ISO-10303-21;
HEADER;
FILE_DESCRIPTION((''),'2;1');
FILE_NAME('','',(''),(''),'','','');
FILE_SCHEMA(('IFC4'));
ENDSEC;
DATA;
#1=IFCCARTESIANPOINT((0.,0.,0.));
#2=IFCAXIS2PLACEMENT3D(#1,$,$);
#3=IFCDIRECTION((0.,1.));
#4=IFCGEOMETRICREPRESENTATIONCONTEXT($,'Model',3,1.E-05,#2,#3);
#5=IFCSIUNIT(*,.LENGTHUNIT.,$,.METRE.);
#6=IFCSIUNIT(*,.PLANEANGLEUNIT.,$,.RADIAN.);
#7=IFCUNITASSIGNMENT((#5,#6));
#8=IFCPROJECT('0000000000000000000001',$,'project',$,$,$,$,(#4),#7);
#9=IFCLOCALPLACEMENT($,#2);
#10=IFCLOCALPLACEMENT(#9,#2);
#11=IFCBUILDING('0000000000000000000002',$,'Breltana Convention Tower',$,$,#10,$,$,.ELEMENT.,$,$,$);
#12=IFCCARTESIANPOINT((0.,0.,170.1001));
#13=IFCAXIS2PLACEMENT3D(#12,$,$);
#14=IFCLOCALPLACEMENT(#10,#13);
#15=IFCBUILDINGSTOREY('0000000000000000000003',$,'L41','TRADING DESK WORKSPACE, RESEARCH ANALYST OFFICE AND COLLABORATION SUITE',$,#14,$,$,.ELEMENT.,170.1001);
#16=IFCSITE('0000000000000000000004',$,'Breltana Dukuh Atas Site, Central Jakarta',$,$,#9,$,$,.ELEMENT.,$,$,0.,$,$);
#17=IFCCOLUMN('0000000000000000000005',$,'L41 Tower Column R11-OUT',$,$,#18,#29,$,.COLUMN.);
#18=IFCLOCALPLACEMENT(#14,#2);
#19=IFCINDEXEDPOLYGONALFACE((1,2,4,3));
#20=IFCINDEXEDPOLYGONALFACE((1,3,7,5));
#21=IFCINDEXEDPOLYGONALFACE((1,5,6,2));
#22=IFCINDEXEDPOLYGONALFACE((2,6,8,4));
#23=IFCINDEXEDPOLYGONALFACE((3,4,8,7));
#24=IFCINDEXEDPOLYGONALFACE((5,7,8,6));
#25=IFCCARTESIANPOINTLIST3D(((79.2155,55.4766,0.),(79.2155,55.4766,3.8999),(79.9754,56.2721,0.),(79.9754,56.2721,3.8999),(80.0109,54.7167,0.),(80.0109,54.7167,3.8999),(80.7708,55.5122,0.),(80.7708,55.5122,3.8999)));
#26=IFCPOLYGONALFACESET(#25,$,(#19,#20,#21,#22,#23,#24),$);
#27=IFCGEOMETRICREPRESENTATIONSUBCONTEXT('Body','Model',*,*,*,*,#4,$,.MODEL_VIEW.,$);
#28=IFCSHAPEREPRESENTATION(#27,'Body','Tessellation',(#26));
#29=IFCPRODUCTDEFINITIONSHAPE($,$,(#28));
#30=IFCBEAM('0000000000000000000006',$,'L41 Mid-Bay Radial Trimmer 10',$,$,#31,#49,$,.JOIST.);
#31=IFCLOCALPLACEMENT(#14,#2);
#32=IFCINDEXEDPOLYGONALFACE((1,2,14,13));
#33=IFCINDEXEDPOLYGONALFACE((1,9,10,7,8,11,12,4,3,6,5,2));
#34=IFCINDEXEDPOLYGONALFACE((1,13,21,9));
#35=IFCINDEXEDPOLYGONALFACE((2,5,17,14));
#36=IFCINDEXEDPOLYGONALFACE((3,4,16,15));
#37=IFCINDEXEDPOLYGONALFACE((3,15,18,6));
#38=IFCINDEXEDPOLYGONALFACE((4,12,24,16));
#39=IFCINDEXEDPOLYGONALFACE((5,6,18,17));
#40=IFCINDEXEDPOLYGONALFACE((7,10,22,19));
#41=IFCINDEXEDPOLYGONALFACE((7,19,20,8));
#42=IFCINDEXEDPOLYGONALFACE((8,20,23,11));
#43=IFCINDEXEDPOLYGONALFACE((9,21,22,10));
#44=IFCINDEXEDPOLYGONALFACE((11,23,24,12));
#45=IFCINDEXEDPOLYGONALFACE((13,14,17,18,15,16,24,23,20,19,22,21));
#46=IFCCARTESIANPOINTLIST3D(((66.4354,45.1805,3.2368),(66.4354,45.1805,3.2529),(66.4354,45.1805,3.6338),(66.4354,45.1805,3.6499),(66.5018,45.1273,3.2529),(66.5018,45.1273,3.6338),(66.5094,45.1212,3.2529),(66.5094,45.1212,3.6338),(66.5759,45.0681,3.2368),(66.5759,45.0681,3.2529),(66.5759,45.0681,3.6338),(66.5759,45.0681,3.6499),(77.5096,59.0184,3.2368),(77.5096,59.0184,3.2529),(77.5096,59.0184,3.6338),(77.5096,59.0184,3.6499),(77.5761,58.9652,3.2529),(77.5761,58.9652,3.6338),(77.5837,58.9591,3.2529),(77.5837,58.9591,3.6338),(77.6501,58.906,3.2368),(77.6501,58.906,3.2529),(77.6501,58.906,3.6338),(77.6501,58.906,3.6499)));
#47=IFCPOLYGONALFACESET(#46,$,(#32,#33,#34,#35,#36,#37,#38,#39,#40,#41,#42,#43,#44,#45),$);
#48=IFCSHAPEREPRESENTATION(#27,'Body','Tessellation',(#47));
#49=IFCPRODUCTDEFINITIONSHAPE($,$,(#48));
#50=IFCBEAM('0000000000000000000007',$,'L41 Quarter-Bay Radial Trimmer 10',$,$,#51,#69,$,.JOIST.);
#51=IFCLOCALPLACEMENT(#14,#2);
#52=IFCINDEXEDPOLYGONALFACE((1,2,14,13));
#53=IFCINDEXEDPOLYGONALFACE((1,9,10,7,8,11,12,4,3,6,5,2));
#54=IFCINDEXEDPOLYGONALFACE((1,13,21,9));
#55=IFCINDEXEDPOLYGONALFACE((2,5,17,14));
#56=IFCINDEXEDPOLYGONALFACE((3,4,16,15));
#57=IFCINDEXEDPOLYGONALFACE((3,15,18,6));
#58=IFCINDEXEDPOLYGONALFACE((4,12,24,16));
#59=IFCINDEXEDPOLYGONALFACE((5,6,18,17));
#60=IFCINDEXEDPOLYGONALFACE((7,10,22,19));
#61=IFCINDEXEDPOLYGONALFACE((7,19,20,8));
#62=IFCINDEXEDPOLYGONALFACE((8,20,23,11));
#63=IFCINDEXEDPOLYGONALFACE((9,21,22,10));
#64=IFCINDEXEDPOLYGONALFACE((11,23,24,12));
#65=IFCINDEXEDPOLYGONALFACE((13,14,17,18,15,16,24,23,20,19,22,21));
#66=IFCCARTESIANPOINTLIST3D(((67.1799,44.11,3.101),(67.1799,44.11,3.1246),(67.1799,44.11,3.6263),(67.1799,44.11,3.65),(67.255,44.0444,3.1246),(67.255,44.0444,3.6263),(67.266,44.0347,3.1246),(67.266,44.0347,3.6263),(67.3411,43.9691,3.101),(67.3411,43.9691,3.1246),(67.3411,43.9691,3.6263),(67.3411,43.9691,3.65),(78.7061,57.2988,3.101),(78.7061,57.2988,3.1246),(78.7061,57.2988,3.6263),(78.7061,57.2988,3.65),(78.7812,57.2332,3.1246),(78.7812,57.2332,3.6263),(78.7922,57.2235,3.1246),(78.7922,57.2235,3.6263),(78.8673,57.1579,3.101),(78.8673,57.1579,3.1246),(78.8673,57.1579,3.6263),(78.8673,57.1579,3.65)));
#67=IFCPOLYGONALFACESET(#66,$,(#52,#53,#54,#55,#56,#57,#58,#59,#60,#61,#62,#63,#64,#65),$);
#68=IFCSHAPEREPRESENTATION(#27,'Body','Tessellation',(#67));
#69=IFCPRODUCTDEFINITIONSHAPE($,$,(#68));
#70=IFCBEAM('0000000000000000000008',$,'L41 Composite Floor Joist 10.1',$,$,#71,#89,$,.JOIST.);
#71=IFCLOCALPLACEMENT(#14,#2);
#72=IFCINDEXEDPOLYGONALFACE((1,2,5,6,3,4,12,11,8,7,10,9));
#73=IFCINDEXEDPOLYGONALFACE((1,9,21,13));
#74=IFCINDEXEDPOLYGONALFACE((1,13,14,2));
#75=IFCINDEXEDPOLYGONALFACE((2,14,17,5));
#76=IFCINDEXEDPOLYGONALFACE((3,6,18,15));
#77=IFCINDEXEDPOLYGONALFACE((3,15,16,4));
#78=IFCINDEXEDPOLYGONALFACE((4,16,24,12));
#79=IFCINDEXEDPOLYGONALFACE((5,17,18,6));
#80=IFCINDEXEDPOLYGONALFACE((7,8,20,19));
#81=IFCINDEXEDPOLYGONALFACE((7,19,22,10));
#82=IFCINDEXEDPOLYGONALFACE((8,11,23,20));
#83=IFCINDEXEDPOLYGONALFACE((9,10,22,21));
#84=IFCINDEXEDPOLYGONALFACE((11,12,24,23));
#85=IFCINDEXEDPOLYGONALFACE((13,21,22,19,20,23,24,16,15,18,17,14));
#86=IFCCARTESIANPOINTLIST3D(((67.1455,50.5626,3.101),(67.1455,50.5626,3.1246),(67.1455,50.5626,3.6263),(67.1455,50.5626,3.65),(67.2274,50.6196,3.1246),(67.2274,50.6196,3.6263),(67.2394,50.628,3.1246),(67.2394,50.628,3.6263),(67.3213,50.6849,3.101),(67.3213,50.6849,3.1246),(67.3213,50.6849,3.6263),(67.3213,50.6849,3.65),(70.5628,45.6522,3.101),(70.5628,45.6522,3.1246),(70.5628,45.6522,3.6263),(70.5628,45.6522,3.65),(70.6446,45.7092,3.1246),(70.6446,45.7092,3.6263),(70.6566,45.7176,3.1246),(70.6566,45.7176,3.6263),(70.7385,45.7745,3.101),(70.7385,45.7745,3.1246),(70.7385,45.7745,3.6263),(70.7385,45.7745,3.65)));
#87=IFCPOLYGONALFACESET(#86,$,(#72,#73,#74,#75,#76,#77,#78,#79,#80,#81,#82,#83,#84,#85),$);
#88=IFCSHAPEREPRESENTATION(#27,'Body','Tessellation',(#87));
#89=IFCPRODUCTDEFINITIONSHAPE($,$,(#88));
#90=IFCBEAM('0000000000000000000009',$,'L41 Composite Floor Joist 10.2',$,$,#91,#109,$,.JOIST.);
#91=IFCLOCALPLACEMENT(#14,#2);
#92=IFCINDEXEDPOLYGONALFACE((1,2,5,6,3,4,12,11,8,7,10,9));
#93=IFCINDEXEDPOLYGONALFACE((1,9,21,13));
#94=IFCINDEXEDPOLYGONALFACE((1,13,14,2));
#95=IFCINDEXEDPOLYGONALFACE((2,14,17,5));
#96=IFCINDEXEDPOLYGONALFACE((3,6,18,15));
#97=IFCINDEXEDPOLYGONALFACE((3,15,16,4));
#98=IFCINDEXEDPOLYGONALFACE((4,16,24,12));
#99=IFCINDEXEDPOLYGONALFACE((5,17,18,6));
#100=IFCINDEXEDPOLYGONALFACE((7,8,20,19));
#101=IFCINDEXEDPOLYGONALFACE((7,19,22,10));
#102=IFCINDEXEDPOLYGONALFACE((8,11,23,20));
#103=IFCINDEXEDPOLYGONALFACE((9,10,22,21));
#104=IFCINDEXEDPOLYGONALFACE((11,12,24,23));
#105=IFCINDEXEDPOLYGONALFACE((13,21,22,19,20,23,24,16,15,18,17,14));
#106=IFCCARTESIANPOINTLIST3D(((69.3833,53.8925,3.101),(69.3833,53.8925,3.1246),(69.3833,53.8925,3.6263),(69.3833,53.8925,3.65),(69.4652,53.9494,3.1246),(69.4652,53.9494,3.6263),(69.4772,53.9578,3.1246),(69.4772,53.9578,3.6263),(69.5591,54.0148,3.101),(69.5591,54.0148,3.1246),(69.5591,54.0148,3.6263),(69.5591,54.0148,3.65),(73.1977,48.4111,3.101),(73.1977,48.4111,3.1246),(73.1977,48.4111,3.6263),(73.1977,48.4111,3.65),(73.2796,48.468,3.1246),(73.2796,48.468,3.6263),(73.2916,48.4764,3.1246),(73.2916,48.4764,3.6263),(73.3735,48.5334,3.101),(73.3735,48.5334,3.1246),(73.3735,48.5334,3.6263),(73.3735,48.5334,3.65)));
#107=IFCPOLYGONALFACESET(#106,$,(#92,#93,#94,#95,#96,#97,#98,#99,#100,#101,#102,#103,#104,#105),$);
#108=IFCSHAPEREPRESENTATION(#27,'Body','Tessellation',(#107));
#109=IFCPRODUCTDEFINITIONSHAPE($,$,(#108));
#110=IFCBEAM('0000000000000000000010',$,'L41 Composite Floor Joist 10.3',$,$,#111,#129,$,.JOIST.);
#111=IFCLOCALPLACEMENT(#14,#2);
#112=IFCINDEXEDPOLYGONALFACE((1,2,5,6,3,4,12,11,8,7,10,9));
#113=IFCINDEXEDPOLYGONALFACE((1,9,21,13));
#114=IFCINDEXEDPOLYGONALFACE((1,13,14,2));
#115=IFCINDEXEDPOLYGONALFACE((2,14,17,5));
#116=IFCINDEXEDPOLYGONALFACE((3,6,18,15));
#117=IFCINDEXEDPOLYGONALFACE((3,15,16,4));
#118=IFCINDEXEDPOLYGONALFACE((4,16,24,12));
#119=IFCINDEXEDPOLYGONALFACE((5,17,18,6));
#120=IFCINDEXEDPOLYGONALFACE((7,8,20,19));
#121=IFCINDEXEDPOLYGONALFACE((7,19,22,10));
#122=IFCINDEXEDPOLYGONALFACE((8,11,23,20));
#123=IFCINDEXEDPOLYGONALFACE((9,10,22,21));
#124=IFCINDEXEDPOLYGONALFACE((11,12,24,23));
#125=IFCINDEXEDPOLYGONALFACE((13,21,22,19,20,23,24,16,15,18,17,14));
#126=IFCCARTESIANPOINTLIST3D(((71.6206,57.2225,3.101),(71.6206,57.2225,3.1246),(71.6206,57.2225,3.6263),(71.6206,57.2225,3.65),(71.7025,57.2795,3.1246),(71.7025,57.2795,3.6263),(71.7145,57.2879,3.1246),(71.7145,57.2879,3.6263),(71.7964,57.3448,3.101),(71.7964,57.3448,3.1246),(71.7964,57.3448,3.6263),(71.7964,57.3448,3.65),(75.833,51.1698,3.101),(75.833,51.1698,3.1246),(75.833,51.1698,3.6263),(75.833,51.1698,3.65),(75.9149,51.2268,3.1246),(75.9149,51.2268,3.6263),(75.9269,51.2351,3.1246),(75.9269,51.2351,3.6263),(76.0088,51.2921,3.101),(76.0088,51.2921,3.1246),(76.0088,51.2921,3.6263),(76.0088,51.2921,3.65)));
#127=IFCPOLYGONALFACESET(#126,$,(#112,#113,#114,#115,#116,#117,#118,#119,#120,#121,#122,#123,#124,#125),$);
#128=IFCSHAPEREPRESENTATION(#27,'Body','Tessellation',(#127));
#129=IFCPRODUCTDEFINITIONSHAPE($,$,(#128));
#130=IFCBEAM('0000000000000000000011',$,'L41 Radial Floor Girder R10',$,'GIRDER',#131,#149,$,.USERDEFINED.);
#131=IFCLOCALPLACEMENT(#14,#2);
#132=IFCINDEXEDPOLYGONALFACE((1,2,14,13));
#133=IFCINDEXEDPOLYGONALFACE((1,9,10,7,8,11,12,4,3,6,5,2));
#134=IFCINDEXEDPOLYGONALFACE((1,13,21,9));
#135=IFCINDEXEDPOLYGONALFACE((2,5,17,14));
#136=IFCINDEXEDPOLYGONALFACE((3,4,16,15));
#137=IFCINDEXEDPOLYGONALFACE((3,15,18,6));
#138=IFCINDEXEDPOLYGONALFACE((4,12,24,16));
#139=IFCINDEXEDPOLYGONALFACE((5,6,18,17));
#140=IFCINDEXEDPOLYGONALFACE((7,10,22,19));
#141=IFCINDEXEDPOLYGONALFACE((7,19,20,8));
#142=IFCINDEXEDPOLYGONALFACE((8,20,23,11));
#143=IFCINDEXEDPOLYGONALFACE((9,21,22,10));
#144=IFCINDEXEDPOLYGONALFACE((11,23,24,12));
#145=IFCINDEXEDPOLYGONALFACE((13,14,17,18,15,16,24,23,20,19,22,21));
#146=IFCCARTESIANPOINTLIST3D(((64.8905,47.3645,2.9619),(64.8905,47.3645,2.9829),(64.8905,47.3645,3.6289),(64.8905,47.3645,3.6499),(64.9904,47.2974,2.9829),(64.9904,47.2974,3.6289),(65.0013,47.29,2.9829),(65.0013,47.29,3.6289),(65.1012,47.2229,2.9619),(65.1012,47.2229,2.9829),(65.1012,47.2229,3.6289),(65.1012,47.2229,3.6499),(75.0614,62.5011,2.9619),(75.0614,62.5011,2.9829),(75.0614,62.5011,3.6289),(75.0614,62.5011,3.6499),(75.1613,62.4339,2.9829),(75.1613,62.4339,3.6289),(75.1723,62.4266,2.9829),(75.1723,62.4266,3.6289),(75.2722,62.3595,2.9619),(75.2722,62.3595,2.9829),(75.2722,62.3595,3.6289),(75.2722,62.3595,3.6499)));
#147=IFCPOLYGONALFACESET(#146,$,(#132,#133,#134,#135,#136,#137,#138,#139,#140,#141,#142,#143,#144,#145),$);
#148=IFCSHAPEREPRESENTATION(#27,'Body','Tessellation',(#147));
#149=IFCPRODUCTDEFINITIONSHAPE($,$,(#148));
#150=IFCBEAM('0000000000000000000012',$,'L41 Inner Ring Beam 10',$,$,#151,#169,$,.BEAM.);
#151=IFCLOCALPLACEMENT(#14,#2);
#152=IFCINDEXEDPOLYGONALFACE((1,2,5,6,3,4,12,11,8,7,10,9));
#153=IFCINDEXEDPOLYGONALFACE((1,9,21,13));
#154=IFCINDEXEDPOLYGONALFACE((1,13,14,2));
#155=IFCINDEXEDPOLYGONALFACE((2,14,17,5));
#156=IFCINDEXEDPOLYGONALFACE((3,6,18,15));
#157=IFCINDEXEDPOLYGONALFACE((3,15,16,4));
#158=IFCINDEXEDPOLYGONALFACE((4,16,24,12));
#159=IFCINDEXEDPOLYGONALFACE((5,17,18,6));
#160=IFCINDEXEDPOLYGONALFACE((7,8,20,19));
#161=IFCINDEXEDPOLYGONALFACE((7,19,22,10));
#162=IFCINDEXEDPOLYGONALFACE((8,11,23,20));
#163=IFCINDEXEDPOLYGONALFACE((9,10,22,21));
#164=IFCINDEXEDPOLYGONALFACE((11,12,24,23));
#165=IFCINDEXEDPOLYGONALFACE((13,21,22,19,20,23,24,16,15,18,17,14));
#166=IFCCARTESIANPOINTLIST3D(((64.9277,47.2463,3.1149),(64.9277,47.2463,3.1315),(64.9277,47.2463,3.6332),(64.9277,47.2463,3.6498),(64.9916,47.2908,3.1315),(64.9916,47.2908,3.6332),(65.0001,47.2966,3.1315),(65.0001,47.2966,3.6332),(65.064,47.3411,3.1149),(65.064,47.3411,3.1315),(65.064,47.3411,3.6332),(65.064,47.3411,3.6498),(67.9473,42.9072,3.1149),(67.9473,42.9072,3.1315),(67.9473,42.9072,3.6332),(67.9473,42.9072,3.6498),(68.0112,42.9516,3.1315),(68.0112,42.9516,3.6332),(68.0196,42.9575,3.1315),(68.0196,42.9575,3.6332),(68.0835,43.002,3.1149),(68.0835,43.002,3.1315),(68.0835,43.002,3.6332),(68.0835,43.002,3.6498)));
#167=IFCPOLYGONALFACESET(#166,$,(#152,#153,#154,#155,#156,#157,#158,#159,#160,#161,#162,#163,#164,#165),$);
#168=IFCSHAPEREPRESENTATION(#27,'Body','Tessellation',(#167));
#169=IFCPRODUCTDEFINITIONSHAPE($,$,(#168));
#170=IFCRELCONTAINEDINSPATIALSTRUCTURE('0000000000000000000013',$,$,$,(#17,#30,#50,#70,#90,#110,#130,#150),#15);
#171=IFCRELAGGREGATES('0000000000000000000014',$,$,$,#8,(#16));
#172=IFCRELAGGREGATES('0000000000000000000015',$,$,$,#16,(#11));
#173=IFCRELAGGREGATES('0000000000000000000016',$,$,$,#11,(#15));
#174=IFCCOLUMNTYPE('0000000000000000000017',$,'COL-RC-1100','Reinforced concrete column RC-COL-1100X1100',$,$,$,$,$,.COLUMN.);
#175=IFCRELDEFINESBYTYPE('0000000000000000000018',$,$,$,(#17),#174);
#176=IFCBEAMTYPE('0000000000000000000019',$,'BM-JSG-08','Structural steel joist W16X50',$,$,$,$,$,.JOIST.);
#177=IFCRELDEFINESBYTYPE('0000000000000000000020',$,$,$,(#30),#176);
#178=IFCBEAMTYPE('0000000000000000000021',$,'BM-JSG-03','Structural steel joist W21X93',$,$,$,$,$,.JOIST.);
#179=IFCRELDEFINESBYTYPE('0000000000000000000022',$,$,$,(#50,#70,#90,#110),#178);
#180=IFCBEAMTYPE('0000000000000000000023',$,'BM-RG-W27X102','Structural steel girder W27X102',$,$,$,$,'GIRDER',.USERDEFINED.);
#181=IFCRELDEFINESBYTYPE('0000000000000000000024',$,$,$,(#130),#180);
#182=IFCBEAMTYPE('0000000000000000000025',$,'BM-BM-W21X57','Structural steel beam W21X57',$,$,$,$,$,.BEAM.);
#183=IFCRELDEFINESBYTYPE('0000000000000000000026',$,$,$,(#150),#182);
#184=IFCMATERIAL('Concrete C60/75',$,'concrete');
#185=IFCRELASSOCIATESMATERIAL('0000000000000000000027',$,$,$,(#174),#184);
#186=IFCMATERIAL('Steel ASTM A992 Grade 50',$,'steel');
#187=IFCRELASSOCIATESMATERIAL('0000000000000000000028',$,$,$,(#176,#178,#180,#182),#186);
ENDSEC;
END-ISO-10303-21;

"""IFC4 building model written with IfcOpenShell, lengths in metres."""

from ifc_helpers import new_model, si_unit, direction, frame, origin, origin_2d, place, context, subcontext, project, spatial, rectangle, i_section, extrude, source, transform, mapped, material, material_profile, profile_set, type_object, element, save


model = new_model("IFC4")

# Units and contexts
model_context = context("Model", 3, precision=1e-05, world=origin(), true_north=direction((0.0, 1.0)))
body_context = subcontext(model_context, "Body", "Model", "MODEL_VIEW")
ifc_project = project(units=[si_unit("LENGTHUNIT", "METRE"), si_unit("PLANEANGLEUNIT", "RADIAN")], contexts=[model_context])

# Site, building, storey
site_placement = place(None, origin())
site = spatial("IfcSite", under=ifc_project, at=site_placement, Name="Breltana Dukuh Atas Site, Central Jakarta", CompositionType="ELEMENT", RefElevation=0.0)
building_placement = place(site_placement, origin())
building = spatial("IfcBuilding", under=site, at=building_placement, Name="Breltana Convention Tower", CompositionType="ELEMENT")
storey_placement = place(building_placement, frame((0.0, 0.0, 170.1001)))
storey = spatial("IfcBuildingStorey", under=building, at=storey_placement, Name="L41", Description="TRADING DESK WORKSPACE, RESEARCH ANALYST OFFICE AND COLLABORATION SUITE", CompositionType="ELEMENT", Elevation=170.1001)

# Column
ifc_material_1 = material(Name="Concrete C60/75", Category="concrete")
ifc_material_profile_1 = material_profile(ifc_material_1, rectangle(XDim=1.1001, YDim=1.1001, at=origin_2d()), Name="RC-COL-1100X1100")
ifc_profile_set_1 = profile_set([ifc_material_profile_1], Name="Concrete C60/75")
column_type_1 = type_object("IfcColumnType", Name="COL-RC-1100", Description="Reinforced concrete column RC-COL-1100X1100", PredefinedType="COLUMN", material=ifc_profile_set_1)
shared_shape_1 = source(origin(), body_context, "Body", "SweptSolid", [
    extrude(rectangle(XDim=1.1001, YDim=1.1001, at=origin_2d()), origin(), (0.0, 0.0, 1.0), 3.8999),
])
column_1_placement = place(storey_placement, frame((79.9932, 55.4944, 0.0), z_axis=(0.0, 0.0, 1.0), x_axis=(0.690756, 0.723088, 0.0)))
element("IfcColumn", 1, at=column_1_placement, inside=storey, type_object=column_type_1, Name="L41 Tower Column R11-OUT", PredefinedType="COLUMN", context=body_context, shape_type="MappedRepresentation", body=[
    mapped(shared_shape_1, transform((0.0, 0.0, 0.0), scale=1.0)),
])

# Beams
ifc_material_2 = material(Name="Steel ASTM A992 Grade 50", Category="steel")
ifc_material_profile_2 = material_profile(ifc_material_2, i_section(OverallWidth=0.1799, OverallDepth=0.4131, WebThickness=0.0098, FlangeThickness=0.0161, at=origin_2d()), Name="W16X50")
ifc_profile_set_2 = profile_set([ifc_material_profile_2], Name="Steel ASTM A992 Grade 50")
beam_type_1 = type_object("IfcBeamType", Name="BM-JSG-08", Description="Structural steel joist W16X50", PredefinedType="JOIST", material=ifc_profile_set_2)
shared_shape_2 = source(origin(), body_context, "Body", "SweptSolid", [
    extrude(i_section(OverallWidth=0.1799, OverallDepth=0.4131, WebThickness=0.0098, FlangeThickness=0.0161, at=origin_2d()), origin(), (0.0, 0.0, 1.0), 17.7236),
])
beam_1_placement = place(storey_placement, frame((66.5056, 45.1243, 3.4434), z_axis=(0.624829, 0.780761, 0.0), x_axis=(-0.780761, 0.624829, 0.0)))
element("IfcBeam", 2, at=beam_1_placement, inside=storey, type_object=beam_type_1, Name="L41 Mid-Bay Radial Trimmer 10", PredefinedType="JOIST", context=body_context, shape_type="MappedRepresentation", body=[
    mapped(shared_shape_2, transform((0.0, 0.0, 0.0), scale=1.0)),
])
ifc_material_profile_3 = material_profile(ifc_material_2, i_section(OverallWidth=0.2141, OverallDepth=0.5491, WebThickness=0.0146, FlangeThickness=0.0237, at=origin_2d()), Name="W21X93")
ifc_profile_set_3 = profile_set([ifc_material_profile_3], Name="Steel ASTM A992 Grade 50")
beam_type_2 = type_object("IfcBeamType", Name="BM-JSG-03", Description="Structural steel joist W21X93", PredefinedType="JOIST", material=ifc_profile_set_3)
shared_shape_3 = source(origin(), body_context, "Body", "SweptSolid", [
    extrude(i_section(OverallWidth=0.2141, OverallDepth=0.5491, WebThickness=0.0146, FlangeThickness=0.0237, at=origin_2d()), origin(), (0.0, 0.0, 1.0), 17.5156),
])
beam_2_placement = place(storey_placement, frame((67.2605, 44.0396, 3.3755), z_axis=(0.658052, 0.752973, 0.0), x_axis=(-0.752973, 0.658052, 0.0)))
element("IfcBeam", 3, at=beam_2_placement, inside=storey, type_object=beam_type_2, Name="L41 Quarter-Bay Radial Trimmer 10", PredefinedType="JOIST", context=body_context, shape_type="MappedRepresentation", body=[
    mapped(shared_shape_3, transform((0.0, 0.0, 0.0), scale=1.0)),
])
shared_shape_4 = source(origin(), body_context, "Body", "SweptSolid", [
    extrude(i_section(OverallWidth=0.2141, OverallDepth=0.5491, WebThickness=0.0146, FlangeThickness=0.0237, at=origin_2d()), origin(), (0.0, 0.0, 1.0), 5.9824),
])
beam_3_placement = place(storey_placement, frame((67.2334, 50.6238, 3.3755), z_axis=(0.571212, -0.820803, 0.0), x_axis=(0.820803, 0.571212, 0.0)))
element("IfcBeam", 4, at=beam_3_placement, inside=storey, type_object=beam_type_2, Name="L41 Composite Floor Joist 10.1", PredefinedType="JOIST", context=body_context, shape_type="MappedRepresentation", body=[
    mapped(shared_shape_4, transform((0.0, 0.0, 0.0), scale=1.0)),
])
shared_shape_5 = source(origin(), body_context, "Body", "SweptSolid", [
    extrude(i_section(OverallWidth=0.2141, OverallDepth=0.5491, WebThickness=0.0146, FlangeThickness=0.0237, at=origin_2d()), origin(), (0.0, 0.0, 1.0), 6.678),
])
beam_4_placement = place(storey_placement, frame((69.4712, 53.9536, 3.3755), z_axis=(0.571193, -0.820816, 0.0), x_axis=(0.820816, 0.571193, 0.0)))
element("IfcBeam", 5, at=beam_4_placement, inside=storey, type_object=beam_type_2, Name="L41 Composite Floor Joist 10.2", PredefinedType="JOIST", context=body_context, shape_type="MappedRepresentation", body=[
    mapped(shared_shape_5, transform((0.0, 0.0, 0.0), scale=1.0)),
])
shared_shape_6 = source(origin(), body_context, "Body", "SweptSolid", [
    extrude(i_section(OverallWidth=0.2141, OverallDepth=0.5491, WebThickness=0.0146, FlangeThickness=0.0237, at=origin_2d()), origin(), (0.0, 0.0, 1.0), 7.3743),
])
beam_5_placement = place(storey_placement, frame((71.7085, 57.2837, 3.3755), z_axis=(0.571229, -0.82079, 0.0), x_axis=(0.82079, 0.571229, 0.0)))
element("IfcBeam", 6, at=beam_5_placement, inside=storey, type_object=beam_type_2, Name="L41 Composite Floor Joist 10.3", PredefinedType="JOIST", context=body_context, shape_type="MappedRepresentation", body=[
    mapped(shared_shape_6, transform((0.0, 0.0, 0.0), scale=1.0)),
])
ifc_material_profile_4 = material_profile(ifc_material_2, i_section(OverallWidth=0.2539, OverallDepth=0.688, WebThickness=0.0132, FlangeThickness=0.021, at=origin_2d()), Name="W27X102")
ifc_profile_set_4 = profile_set([ifc_material_profile_4], Name="Steel ASTM A992 Grade 50")
beam_type_3 = type_object("IfcBeamType", Name="BM-RG-W27X102", Description="Structural steel girder W27X102", ElementType="GIRDER", PredefinedType="USERDEFINED", material=ifc_profile_set_4)
shared_shape_7 = source(origin(), body_context, "Body", "SweptSolid", [
    extrude(i_section(OverallWidth=0.2539, OverallDepth=0.688, WebThickness=0.0132, FlangeThickness=0.021, at=origin_2d()), origin(), (0.0, 0.0, 1.0), 18.2363),
])
beam_6_placement = place(storey_placement, frame((64.9958, 47.2937, 3.3059), z_axis=(0.55773, 0.830022, 0.0), x_axis=(-0.830022, 0.55773, 0.0)))
element("IfcBeam", 7, at=beam_6_placement, inside=storey, type_object=beam_type_3, Name="L41 Radial Floor Girder R10", ObjectType="GIRDER", PredefinedType="USERDEFINED", context=body_context, shape_type="MappedRepresentation", body=[
    mapped(shared_shape_7, transform((0.0, 0.0, 0.0), scale=1.0)),
])
ifc_material_profile_5 = material_profile(ifc_material_2, i_section(OverallWidth=0.166, OverallDepth=0.5349, WebThickness=0.0103, FlangeThickness=0.0166, at=origin_2d()), Name="W21X57")
ifc_profile_set_5 = profile_set([ifc_material_profile_5], Name="Steel ASTM A992 Grade 50")
beam_type_4 = type_object("IfcBeamType", Name="BM-BM-W21X57", Description="Structural steel beam W21X57", PredefinedType="BEAM", material=ifc_profile_set_5)
shared_shape_8 = source(origin(), body_context, "Body", "SweptSolid", [
    extrude(i_section(OverallWidth=0.166, OverallDepth=0.5349, WebThickness=0.0103, FlangeThickness=0.0166, at=origin_2d()), origin(), (0.0, 0.0, 1.0), 5.2864),
])
beam_7_placement = place(storey_placement, frame((64.9958, 47.2937, 3.3823), z_axis=(0.571194, -0.820815, 0.0), x_axis=(0.820815, 0.571194, 0.0)))
element("IfcBeam", 8, at=beam_7_placement, inside=storey, type_object=beam_type_4, Name="L41 Inner Ring Beam 10", PredefinedType="BEAM", context=body_context, shape_type="MappedRepresentation", body=[
    mapped(shared_shape_8, transform((0.0, 0.0, 0.0), scale=1.0)),
])

save(model, "model.ifc")
